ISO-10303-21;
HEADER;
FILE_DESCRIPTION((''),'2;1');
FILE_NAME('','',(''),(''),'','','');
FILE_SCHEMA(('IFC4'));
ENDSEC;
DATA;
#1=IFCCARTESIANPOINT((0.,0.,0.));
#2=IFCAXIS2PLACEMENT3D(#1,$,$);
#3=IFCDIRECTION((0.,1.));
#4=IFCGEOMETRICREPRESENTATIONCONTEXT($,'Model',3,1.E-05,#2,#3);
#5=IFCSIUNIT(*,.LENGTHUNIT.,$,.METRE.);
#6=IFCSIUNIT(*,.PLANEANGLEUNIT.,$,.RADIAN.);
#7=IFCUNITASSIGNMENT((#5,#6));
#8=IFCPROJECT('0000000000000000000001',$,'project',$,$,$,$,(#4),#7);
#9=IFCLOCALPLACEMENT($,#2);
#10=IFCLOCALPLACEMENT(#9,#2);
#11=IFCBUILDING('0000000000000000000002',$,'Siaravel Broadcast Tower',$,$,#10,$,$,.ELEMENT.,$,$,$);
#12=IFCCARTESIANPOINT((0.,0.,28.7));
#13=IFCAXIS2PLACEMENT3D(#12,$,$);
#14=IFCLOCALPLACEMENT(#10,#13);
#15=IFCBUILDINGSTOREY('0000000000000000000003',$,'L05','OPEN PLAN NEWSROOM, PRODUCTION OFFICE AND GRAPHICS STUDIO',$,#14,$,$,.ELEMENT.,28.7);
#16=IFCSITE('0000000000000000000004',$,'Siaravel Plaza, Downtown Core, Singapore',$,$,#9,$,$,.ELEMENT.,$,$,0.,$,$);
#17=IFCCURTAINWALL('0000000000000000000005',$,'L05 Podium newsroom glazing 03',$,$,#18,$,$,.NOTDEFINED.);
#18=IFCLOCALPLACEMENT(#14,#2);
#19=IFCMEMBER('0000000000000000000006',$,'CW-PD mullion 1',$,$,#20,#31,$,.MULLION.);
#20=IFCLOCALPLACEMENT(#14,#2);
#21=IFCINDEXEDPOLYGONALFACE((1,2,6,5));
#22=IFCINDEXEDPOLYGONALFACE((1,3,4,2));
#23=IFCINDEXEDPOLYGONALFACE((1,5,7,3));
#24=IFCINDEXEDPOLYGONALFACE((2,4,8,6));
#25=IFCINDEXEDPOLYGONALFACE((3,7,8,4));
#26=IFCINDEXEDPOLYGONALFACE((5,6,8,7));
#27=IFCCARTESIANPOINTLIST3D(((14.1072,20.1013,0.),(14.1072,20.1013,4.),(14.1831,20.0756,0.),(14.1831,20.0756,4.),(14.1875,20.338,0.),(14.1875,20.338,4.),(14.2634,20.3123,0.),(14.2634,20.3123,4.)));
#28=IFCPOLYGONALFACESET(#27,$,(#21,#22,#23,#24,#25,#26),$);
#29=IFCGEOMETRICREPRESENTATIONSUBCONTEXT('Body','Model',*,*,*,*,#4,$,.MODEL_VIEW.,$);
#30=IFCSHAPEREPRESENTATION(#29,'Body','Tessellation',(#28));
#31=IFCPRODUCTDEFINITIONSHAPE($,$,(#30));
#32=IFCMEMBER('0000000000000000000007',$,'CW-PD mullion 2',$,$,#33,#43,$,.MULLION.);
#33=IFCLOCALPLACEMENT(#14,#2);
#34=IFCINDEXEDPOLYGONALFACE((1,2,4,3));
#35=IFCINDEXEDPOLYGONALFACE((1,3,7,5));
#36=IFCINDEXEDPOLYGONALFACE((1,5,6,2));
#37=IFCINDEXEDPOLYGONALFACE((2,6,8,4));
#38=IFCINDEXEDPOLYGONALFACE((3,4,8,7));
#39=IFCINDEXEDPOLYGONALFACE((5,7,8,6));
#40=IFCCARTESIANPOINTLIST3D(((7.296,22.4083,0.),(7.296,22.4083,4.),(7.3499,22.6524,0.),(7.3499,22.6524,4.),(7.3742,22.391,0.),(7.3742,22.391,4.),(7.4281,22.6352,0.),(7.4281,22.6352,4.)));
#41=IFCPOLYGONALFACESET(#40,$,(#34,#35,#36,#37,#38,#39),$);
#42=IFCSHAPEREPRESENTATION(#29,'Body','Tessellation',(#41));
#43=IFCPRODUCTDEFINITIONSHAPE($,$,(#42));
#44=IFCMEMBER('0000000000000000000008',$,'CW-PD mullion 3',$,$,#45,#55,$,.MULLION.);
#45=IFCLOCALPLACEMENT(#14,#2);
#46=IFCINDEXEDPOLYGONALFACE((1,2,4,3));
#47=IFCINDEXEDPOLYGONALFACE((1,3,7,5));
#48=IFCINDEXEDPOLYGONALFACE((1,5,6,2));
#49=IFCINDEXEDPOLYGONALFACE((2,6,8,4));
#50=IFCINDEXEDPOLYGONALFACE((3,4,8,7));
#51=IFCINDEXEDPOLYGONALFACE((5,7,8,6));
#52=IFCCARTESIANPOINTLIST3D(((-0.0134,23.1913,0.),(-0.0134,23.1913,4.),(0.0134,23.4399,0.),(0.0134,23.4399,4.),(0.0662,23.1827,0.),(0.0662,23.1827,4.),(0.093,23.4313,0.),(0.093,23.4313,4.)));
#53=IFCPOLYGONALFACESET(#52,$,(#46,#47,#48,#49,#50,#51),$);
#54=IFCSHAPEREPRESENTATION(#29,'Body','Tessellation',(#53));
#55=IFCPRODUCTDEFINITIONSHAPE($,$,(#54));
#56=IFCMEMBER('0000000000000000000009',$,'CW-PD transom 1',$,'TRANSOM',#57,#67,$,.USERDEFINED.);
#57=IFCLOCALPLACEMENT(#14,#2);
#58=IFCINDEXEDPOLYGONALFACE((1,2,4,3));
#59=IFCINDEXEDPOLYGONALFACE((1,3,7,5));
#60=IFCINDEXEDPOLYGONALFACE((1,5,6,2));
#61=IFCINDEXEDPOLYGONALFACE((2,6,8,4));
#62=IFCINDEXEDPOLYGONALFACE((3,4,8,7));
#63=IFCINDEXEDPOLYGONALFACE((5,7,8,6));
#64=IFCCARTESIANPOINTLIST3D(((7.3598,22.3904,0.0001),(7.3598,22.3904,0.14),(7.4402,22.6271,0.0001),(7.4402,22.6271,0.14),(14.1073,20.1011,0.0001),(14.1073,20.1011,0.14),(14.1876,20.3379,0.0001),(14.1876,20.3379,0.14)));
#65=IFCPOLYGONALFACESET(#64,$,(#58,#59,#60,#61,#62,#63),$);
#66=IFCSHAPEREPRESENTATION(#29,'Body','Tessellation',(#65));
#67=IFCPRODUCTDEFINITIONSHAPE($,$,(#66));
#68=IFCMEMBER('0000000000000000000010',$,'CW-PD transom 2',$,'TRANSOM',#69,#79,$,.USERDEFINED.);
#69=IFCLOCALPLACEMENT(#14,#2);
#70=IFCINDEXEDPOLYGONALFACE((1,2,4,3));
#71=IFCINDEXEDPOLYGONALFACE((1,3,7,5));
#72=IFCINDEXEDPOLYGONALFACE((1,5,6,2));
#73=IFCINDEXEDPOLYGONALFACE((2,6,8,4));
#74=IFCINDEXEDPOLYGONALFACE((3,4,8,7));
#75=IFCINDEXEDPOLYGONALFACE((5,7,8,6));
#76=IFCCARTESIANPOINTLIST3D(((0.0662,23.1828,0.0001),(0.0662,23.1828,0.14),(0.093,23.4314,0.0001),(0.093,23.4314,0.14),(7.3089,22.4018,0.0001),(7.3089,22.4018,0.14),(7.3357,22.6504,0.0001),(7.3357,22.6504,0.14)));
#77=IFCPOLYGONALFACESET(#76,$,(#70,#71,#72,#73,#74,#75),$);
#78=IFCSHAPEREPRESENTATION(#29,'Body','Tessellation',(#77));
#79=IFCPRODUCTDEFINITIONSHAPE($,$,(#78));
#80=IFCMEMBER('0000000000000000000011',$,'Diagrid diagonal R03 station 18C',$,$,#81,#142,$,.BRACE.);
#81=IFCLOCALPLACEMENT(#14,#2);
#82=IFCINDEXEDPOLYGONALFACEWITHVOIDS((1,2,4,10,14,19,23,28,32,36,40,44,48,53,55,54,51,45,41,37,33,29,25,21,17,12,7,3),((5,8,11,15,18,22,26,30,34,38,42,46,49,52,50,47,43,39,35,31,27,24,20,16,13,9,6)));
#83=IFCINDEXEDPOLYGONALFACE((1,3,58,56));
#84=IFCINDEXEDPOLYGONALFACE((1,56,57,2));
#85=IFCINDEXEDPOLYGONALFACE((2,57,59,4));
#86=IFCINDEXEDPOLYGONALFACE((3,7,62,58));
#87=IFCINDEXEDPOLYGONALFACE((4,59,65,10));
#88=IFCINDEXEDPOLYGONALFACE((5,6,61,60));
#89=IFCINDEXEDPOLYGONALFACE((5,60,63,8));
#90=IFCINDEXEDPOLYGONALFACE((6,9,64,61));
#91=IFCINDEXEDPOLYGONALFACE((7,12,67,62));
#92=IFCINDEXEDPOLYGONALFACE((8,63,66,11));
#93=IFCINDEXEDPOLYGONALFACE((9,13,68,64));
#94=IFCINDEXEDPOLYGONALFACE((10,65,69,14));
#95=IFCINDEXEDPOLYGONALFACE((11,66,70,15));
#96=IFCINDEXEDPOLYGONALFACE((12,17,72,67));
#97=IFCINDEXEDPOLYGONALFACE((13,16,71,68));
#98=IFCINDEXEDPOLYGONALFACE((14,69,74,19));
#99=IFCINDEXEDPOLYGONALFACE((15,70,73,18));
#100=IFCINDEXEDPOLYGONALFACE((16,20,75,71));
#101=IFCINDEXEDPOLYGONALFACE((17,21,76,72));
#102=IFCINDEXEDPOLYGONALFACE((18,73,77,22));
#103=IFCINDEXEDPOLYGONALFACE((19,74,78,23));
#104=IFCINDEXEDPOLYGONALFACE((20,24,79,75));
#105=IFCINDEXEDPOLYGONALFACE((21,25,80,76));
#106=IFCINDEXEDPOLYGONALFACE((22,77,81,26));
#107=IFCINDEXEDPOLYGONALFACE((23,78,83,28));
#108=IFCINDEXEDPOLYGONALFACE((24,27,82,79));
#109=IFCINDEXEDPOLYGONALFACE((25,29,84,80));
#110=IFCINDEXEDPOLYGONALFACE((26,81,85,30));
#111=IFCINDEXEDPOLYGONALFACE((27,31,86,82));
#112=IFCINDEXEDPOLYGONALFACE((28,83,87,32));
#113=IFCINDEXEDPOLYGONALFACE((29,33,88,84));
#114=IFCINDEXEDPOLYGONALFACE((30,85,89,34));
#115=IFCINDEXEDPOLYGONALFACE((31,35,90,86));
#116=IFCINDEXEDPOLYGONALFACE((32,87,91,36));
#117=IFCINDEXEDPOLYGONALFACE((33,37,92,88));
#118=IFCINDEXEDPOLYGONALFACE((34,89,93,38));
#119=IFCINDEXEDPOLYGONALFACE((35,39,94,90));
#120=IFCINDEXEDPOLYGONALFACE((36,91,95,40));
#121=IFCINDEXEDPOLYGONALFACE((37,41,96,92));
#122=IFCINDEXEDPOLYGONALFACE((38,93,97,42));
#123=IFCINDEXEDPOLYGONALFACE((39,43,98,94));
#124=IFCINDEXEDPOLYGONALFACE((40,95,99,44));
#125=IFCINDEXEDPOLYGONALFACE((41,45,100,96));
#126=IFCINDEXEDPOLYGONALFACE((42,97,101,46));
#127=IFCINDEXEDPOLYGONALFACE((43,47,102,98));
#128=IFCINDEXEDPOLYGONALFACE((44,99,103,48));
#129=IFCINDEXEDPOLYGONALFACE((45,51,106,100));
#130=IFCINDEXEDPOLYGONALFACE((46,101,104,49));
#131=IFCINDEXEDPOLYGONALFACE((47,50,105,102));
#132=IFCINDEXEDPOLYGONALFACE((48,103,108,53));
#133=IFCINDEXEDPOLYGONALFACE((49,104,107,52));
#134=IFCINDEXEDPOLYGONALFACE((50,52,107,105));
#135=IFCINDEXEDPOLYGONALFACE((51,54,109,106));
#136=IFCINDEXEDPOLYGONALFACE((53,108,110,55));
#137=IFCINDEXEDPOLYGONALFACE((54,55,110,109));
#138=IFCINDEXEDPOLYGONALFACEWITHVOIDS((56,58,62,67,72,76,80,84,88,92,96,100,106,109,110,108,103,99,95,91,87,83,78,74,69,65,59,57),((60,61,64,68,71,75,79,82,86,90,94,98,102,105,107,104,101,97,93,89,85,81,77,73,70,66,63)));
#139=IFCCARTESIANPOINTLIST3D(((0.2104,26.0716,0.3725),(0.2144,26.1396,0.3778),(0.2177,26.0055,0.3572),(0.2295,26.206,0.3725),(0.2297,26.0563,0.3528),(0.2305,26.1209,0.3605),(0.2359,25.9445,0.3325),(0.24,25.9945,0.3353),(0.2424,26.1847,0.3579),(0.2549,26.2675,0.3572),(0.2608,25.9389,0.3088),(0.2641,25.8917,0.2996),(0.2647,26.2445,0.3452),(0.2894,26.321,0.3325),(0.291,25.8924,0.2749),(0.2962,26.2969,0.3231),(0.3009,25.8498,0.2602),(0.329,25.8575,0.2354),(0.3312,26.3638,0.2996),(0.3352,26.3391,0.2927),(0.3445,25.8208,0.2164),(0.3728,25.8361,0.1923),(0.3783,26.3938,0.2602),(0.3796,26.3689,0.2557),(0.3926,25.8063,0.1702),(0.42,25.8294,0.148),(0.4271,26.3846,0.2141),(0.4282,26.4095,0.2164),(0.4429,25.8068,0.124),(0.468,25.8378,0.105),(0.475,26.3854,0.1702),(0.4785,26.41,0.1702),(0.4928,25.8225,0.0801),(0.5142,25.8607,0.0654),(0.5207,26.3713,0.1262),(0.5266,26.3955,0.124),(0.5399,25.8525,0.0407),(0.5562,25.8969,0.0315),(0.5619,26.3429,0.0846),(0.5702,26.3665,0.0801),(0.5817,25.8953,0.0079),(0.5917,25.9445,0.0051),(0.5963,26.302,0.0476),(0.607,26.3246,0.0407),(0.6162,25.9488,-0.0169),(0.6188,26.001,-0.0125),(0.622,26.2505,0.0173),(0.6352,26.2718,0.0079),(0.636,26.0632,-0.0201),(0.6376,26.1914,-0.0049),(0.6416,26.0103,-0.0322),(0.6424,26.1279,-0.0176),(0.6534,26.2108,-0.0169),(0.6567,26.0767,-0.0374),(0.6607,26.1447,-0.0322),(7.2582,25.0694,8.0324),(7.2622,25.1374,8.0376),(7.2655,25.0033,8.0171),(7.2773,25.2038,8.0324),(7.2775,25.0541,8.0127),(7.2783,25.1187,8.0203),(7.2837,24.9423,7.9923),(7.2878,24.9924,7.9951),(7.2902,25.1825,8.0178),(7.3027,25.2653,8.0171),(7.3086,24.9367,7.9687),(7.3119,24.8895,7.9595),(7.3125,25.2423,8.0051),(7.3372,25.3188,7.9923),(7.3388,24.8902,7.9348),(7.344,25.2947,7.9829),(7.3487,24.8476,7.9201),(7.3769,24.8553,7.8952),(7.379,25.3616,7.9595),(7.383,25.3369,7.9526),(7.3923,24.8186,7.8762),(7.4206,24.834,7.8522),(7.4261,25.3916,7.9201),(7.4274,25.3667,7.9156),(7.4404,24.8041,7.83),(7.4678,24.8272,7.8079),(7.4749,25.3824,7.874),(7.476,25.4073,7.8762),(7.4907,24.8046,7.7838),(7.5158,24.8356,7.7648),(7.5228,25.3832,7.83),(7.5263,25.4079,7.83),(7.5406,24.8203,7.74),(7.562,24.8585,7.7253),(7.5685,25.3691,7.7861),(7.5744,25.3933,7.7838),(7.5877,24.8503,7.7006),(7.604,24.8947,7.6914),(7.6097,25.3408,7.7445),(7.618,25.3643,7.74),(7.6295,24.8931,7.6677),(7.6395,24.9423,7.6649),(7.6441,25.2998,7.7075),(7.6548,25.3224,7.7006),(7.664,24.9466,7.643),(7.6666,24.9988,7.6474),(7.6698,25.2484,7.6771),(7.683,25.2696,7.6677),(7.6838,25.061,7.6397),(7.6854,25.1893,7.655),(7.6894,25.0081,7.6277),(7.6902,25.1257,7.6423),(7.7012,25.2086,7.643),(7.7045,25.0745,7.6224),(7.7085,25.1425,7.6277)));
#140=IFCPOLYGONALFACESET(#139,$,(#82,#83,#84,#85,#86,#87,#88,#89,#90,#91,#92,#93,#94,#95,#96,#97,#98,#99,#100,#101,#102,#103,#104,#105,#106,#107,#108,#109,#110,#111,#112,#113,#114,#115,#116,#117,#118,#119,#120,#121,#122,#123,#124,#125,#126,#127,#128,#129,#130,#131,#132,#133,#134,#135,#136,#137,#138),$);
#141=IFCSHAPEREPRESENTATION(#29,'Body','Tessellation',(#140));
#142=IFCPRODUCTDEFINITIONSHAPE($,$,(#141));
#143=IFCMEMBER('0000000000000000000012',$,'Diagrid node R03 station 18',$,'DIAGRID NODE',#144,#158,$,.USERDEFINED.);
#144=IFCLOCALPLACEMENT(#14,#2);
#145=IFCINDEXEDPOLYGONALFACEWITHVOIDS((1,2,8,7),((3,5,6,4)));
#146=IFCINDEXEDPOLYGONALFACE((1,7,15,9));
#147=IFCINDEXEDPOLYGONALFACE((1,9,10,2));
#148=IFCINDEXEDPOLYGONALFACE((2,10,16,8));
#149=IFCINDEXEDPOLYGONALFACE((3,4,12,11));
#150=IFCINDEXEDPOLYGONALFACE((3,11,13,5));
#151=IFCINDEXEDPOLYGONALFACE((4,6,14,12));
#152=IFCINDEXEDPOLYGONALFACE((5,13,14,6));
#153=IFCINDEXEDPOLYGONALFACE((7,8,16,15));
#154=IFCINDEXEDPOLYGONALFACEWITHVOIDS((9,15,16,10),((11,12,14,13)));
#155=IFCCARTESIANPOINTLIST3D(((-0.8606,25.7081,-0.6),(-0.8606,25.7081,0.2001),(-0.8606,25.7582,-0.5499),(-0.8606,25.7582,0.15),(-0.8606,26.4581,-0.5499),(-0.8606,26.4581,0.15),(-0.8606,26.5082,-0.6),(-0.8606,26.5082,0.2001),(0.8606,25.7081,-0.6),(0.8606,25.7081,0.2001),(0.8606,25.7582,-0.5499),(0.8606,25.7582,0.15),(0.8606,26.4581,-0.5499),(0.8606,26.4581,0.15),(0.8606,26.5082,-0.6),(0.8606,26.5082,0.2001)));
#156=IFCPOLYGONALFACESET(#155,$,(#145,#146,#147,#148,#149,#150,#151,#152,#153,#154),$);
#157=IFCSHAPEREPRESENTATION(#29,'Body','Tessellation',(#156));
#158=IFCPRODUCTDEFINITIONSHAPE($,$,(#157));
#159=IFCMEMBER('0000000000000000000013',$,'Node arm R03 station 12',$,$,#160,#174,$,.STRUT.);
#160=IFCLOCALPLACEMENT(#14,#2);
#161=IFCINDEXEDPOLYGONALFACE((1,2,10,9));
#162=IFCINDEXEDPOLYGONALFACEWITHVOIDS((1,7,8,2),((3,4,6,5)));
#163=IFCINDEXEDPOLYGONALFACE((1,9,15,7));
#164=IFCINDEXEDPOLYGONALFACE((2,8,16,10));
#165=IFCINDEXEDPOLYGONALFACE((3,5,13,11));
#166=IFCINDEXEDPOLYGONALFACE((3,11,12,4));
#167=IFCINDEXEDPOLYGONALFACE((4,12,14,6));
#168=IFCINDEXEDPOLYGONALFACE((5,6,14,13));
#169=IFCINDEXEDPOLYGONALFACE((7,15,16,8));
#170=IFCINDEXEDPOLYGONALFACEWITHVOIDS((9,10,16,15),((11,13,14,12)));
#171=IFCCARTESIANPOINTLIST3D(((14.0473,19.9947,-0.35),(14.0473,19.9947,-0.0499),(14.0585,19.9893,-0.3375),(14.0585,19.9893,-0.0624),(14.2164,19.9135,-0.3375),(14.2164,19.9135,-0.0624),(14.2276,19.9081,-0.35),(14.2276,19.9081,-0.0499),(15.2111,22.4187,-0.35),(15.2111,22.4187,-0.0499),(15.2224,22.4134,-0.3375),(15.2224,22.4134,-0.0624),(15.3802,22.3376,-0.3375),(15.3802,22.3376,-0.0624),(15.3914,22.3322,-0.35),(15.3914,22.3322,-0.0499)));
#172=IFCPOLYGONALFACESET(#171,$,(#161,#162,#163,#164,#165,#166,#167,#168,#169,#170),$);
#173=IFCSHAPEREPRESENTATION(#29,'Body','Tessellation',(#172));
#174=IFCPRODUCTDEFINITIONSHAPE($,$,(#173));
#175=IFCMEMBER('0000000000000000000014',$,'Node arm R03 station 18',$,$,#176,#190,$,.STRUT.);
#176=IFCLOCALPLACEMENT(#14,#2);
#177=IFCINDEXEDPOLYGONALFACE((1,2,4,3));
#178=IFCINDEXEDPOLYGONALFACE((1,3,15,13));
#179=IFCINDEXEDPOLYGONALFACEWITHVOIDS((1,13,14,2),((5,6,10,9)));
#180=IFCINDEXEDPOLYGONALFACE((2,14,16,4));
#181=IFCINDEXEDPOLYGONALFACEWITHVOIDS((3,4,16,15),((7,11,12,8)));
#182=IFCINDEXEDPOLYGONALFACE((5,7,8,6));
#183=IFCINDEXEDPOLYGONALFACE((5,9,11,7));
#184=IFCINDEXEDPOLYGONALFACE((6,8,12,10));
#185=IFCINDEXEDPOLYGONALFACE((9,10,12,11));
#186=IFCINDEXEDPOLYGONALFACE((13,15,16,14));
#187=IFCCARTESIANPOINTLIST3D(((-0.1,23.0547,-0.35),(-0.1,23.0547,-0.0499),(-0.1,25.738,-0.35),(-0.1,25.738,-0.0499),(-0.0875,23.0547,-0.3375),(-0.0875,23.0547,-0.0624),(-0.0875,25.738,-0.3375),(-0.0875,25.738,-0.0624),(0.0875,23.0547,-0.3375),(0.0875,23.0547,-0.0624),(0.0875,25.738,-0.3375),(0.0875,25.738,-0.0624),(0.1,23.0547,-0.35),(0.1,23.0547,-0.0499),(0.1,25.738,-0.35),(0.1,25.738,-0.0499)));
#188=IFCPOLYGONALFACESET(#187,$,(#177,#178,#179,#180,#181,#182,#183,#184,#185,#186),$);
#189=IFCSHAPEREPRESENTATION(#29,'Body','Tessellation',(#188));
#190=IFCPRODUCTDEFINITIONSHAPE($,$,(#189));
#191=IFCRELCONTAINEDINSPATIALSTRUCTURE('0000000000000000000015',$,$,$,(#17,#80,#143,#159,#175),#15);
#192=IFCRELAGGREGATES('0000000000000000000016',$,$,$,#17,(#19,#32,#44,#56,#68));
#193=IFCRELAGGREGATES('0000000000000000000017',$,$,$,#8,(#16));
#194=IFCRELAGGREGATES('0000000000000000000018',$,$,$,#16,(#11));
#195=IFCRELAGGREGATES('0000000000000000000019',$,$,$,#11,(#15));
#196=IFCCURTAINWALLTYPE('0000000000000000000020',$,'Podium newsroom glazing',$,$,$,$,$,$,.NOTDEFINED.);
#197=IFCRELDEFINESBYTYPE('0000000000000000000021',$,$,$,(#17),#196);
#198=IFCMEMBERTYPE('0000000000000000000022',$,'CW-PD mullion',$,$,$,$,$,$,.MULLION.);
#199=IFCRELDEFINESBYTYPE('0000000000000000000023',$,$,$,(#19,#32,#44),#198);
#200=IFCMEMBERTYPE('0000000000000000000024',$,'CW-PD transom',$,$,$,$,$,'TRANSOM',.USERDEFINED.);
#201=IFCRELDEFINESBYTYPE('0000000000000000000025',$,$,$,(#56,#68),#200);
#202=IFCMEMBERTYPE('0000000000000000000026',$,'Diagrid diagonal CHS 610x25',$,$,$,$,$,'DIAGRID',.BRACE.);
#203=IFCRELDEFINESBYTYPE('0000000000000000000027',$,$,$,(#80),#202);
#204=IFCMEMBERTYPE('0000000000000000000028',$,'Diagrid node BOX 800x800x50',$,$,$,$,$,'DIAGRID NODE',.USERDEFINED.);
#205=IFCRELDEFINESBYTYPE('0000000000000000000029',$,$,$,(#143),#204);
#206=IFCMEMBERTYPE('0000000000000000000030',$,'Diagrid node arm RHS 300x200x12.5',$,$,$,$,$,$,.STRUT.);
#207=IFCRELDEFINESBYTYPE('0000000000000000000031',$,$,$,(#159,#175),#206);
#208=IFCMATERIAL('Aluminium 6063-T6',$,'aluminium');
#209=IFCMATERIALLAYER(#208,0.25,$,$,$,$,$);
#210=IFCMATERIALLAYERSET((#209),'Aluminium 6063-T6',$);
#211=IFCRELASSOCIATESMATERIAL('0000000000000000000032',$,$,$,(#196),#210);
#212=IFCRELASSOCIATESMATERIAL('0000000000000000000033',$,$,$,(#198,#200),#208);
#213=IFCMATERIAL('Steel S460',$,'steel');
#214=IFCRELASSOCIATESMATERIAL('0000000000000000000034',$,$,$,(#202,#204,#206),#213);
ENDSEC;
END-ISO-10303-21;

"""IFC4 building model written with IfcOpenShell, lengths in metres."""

from ifc_helpers import new_model, si_unit, direction, frame, origin, origin_2d, place, context, subcontext, project, spatial, rectangle, hollow_rectangle, hollow_circle, extrude, material, layer, layer_set, material_profile, profile_set, type_object, element, aggregate, save


model = new_model("IFC4")

# Units and contexts
model_context = context("Model", 3, precision=1e-05, world=origin(), true_north=direction((0.0, 1.0)))
body_context = subcontext(model_context, "Body", "Model", "MODEL_VIEW")
ifc_project = project(units=[si_unit("LENGTHUNIT", "METRE"), si_unit("PLANEANGLEUNIT", "RADIAN")], contexts=[model_context])

# Site, building, storey
site_placement = place(None, origin())
site = spatial("IfcSite", under=ifc_project, at=site_placement, Name="Siaravel Plaza, Downtown Core, Singapore", CompositionType="ELEMENT", RefElevation=0.0)
building_placement = place(site_placement, origin())
building = spatial("IfcBuilding", under=site, at=building_placement, Name="Siaravel Broadcast Tower", CompositionType="ELEMENT")
storey_placement = place(building_placement, frame((0.0, 0.0, 28.7)))
storey = spatial("IfcBuildingStorey", under=building, at=storey_placement, Name="L05", Description="OPEN PLAN NEWSROOM, PRODUCTION OFFICE AND GRAPHICS STUDIO", CompositionType="ELEMENT", Elevation=28.7)

# Shared definitions
ifc_material_1 = material(Name="Aluminium 6063-T6", Category="aluminium")
ifc_layer_1 = layer(ifc_material_1, 0.25)
ifc_layer_set_1 = layer_set([ifc_layer_1], Name="Aluminium 6063-T6")
curtain_wall_type = type_object("IfcCurtainWallType", Name="Podium newsroom glazing", PredefinedType="NOTDEFINED", material=ifc_layer_set_1)
ifc_material_profile_1 = material_profile(ifc_material_1, rectangle(XDim=0.25, YDim=0.0801, at=origin_2d()))
ifc_profile_set_1 = profile_set([ifc_material_profile_1], Name="Aluminium 6063-T6")
member_type_1 = type_object("IfcMemberType", Name="CW-PD mullion", PredefinedType="MULLION", material=ifc_profile_set_1)

# Curtain wall, members
curtain_wall_1_placement = place(storey_placement, origin())
curtain_wall_1 = element("IfcCurtainWall", 1, at=curtain_wall_1_placement, inside=storey, type_object=curtain_wall_type, Name="L05 Podium newsroom glazing 03", PredefinedType="NOTDEFINED")
member_1_placement = place(storey_placement, frame((14.1853, 20.2068, 0.0), z_axis=(0.0, 0.0, 1.0), x_axis=(-0.3213, -0.946977, 0.0)))
member_1 = element("IfcMember", 2, at=member_1_placement, type_object=member_type_1, Name="CW-PD mullion 1", PredefinedType="MULLION", context=body_context, shape_type="SweptSolid", body=[
    extrude(rectangle(XDim=0.25, YDim=0.0801, at=origin_2d()), origin(), (0.0, 0.0, 1.0), 4.0),
])
member_2_placement = place(storey_placement, frame((7.3621, 22.5217, 0.0), z_axis=(0.0, 0.0, 1.0), x_axis=(-0.215558, -0.976491, 0.0)))
member_2 = element("IfcMember", 3, at=member_2_placement, type_object=member_type_1, Name="CW-PD mullion 2", PredefinedType="MULLION", context=body_context, shape_type="SweptSolid", body=[
    extrude(rectangle(XDim=0.25, YDim=0.0801, at=origin_2d()), origin(), (0.0, 0.0, 1.0), 4.0),
])
member_3_placement = place(storey_placement, frame((0.0398, 23.3113, 0.0), z_axis=(0.0, 0.0, 1.0), x_axis=(-0.107217, -0.994236, 0.0)))
member_3 = element("IfcMember", 4, at=member_3_placement, type_object=member_type_1, Name="CW-PD mullion 3", PredefinedType="MULLION", context=body_context, shape_type="SweptSolid", body=[
    extrude(rectangle(XDim=0.25, YDim=0.0801, at=origin_2d()), origin(), (0.0, 0.0, 1.0), 4.0),
])
ifc_material_profile_2 = material_profile(ifc_material_1, rectangle(XDim=0.25, YDim=0.1399, at=origin_2d()))
ifc_profile_set_2 = profile_set([ifc_material_profile_2], Name="Aluminium 6063-T6")
member_type_2 = type_object("IfcMemberType", Name="CW-PD transom", ElementType="TRANSOM", PredefinedType="USERDEFINED", material=ifc_profile_set_2)
member_4_placement = place(storey_placement, frame((14.1475, 20.2195, 0.0701), z_axis=(-0.946981, 0.321291, 0.0), x_axis=(-0.321291, -0.946981, 0.0)))
member_4 = element("IfcMember", 5, at=member_4_placement, type_object=member_type_2, Name="CW-PD transom 1", ObjectType="TRANSOM", PredefinedType="USERDEFINED", context=body_context, shape_type="SweptSolid", body=[
    extrude(rectangle(XDim=0.25, YDim=0.1399, at=origin_2d()), origin(), (0.0, 0.0, 1.0), 7.1252),
])
member_5_placement = place(storey_placement, frame((7.3223, 22.5261, 0.0701), z_axis=(-0.994236, 0.107212, 0.0), x_axis=(-0.107212, -0.994236, 0.0)))
member_5 = element("IfcMember", 6, at=member_5_placement, type_object=member_type_2, Name="CW-PD transom 2", ObjectType="TRANSOM", PredefinedType="USERDEFINED", context=body_context, shape_type="SweptSolid", body=[
    extrude(rectangle(XDim=0.25, YDim=0.1399, at=origin_2d()), origin(), (0.0, 0.0, 1.0), 7.2847),
])

# Members
ifc_material_2 = material(Name="Steel S460", Category="steel")
ifc_material_profile_3 = material_profile(ifc_material_2, hollow_circle(Radius=0.3049, WallThickness=0.0249, at=origin_2d()))
ifc_profile_set_3 = profile_set([ifc_material_profile_3], Name="Steel S460")
member_type_3 = type_object("IfcMemberType", Name="Diagrid diagonal CHS 610x25", ElementType="DIAGRID", PredefinedType="BRACE", material=ifc_profile_set_3)
member_6_placement = place(storey_placement, frame((0.4355, 26.1082, 0.1702), z_axis=(0.673978, -0.095839, 0.732509), x_axis=(0.140783, 0.990041, 0.0)))
element("IfcMember", 7, at=member_6_placement, inside=storey, type_object=member_type_3, Name="Diagrid diagonal R03 station 18C", PredefinedType="BRACE", context=body_context, shape_type="SweptSolid", body=[
    extrude(hollow_circle(Radius=0.3049, WallThickness=0.0249, at=origin_2d()), origin(), (0.0, 0.0, 1.0), 10.457),
])
ifc_material_profile_4 = material_profile(ifc_material_2, hollow_rectangle(XDim=0.8, YDim=0.8, WallThickness=0.05, at=origin_2d()))
ifc_profile_set_4 = profile_set([ifc_material_profile_4], Name="Steel S460")
member_type_4 = type_object("IfcMemberType", Name="Diagrid node BOX 800x800x50", ElementType="DIAGRID NODE", PredefinedType="USERDEFINED", material=ifc_profile_set_4)
member_7_placement = place(storey_placement, frame((0.8606, 26.1082, -0.2), z_axis=(-1.0, 0.0, 0.0), x_axis=(0.0, -1.0, 0.0)))
element("IfcMember", 8, at=member_7_placement, inside=storey, type_object=member_type_4, Name="Diagrid node R03 station 18", ObjectType="DIAGRID NODE", PredefinedType="USERDEFINED", context=body_context, shape_type="SweptSolid", body=[
    extrude(hollow_rectangle(XDim=0.8, YDim=0.8, WallThickness=0.05, at=origin_2d()), origin(), (0.0, 0.0, 1.0), 1.7212),
])
ifc_material_profile_5 = material_profile(ifc_material_2, hollow_rectangle(XDim=0.2, YDim=0.3, WallThickness=0.0125, at=origin_2d()))
ifc_profile_set_5 = profile_set([ifc_material_profile_5], Name="Steel S460")
member_type_5 = type_object("IfcMemberType", Name="Diagrid node arm RHS 300x200x12.5", PredefinedType="STRUT", material=ifc_profile_set_5)
member_8_placement = place(storey_placement, frame((14.1375, 19.9514, -0.2), z_axis=(0.432811, 0.901485, 0.0), x_axis=(-0.901485, 0.432811, 0.0)))
element("IfcMember", 9, at=member_8_placement, inside=storey, type_object=member_type_5, Name="Node arm R03 station 12", PredefinedType="STRUT", context=body_context, shape_type="SweptSolid", body=[
    extrude(hollow_rectangle(XDim=0.2, YDim=0.3, WallThickness=0.0125, at=origin_2d()), origin(), (0.0, 0.0, 1.0), 2.689),
])
member_9_placement = place(storey_placement, frame((0.0, 23.0547, -0.2), z_axis=(0.0, 1.0, 0.0), x_axis=(-1.0, 0.0, 0.0)))
element("IfcMember", 10, at=member_9_placement, inside=storey, type_object=member_type_5, Name="Node arm R03 station 18", PredefinedType="STRUT", context=body_context, shape_type="SweptSolid", body=[
    extrude(hollow_rectangle(XDim=0.2, YDim=0.3, WallThickness=0.0125, at=origin_2d()), origin(), (0.0, 0.0, 1.0), 2.6833),
])

aggregate(curtain_wall_1, [member_1, member_2, member_3, member_4, member_5])

save(model, "model.ifc")
